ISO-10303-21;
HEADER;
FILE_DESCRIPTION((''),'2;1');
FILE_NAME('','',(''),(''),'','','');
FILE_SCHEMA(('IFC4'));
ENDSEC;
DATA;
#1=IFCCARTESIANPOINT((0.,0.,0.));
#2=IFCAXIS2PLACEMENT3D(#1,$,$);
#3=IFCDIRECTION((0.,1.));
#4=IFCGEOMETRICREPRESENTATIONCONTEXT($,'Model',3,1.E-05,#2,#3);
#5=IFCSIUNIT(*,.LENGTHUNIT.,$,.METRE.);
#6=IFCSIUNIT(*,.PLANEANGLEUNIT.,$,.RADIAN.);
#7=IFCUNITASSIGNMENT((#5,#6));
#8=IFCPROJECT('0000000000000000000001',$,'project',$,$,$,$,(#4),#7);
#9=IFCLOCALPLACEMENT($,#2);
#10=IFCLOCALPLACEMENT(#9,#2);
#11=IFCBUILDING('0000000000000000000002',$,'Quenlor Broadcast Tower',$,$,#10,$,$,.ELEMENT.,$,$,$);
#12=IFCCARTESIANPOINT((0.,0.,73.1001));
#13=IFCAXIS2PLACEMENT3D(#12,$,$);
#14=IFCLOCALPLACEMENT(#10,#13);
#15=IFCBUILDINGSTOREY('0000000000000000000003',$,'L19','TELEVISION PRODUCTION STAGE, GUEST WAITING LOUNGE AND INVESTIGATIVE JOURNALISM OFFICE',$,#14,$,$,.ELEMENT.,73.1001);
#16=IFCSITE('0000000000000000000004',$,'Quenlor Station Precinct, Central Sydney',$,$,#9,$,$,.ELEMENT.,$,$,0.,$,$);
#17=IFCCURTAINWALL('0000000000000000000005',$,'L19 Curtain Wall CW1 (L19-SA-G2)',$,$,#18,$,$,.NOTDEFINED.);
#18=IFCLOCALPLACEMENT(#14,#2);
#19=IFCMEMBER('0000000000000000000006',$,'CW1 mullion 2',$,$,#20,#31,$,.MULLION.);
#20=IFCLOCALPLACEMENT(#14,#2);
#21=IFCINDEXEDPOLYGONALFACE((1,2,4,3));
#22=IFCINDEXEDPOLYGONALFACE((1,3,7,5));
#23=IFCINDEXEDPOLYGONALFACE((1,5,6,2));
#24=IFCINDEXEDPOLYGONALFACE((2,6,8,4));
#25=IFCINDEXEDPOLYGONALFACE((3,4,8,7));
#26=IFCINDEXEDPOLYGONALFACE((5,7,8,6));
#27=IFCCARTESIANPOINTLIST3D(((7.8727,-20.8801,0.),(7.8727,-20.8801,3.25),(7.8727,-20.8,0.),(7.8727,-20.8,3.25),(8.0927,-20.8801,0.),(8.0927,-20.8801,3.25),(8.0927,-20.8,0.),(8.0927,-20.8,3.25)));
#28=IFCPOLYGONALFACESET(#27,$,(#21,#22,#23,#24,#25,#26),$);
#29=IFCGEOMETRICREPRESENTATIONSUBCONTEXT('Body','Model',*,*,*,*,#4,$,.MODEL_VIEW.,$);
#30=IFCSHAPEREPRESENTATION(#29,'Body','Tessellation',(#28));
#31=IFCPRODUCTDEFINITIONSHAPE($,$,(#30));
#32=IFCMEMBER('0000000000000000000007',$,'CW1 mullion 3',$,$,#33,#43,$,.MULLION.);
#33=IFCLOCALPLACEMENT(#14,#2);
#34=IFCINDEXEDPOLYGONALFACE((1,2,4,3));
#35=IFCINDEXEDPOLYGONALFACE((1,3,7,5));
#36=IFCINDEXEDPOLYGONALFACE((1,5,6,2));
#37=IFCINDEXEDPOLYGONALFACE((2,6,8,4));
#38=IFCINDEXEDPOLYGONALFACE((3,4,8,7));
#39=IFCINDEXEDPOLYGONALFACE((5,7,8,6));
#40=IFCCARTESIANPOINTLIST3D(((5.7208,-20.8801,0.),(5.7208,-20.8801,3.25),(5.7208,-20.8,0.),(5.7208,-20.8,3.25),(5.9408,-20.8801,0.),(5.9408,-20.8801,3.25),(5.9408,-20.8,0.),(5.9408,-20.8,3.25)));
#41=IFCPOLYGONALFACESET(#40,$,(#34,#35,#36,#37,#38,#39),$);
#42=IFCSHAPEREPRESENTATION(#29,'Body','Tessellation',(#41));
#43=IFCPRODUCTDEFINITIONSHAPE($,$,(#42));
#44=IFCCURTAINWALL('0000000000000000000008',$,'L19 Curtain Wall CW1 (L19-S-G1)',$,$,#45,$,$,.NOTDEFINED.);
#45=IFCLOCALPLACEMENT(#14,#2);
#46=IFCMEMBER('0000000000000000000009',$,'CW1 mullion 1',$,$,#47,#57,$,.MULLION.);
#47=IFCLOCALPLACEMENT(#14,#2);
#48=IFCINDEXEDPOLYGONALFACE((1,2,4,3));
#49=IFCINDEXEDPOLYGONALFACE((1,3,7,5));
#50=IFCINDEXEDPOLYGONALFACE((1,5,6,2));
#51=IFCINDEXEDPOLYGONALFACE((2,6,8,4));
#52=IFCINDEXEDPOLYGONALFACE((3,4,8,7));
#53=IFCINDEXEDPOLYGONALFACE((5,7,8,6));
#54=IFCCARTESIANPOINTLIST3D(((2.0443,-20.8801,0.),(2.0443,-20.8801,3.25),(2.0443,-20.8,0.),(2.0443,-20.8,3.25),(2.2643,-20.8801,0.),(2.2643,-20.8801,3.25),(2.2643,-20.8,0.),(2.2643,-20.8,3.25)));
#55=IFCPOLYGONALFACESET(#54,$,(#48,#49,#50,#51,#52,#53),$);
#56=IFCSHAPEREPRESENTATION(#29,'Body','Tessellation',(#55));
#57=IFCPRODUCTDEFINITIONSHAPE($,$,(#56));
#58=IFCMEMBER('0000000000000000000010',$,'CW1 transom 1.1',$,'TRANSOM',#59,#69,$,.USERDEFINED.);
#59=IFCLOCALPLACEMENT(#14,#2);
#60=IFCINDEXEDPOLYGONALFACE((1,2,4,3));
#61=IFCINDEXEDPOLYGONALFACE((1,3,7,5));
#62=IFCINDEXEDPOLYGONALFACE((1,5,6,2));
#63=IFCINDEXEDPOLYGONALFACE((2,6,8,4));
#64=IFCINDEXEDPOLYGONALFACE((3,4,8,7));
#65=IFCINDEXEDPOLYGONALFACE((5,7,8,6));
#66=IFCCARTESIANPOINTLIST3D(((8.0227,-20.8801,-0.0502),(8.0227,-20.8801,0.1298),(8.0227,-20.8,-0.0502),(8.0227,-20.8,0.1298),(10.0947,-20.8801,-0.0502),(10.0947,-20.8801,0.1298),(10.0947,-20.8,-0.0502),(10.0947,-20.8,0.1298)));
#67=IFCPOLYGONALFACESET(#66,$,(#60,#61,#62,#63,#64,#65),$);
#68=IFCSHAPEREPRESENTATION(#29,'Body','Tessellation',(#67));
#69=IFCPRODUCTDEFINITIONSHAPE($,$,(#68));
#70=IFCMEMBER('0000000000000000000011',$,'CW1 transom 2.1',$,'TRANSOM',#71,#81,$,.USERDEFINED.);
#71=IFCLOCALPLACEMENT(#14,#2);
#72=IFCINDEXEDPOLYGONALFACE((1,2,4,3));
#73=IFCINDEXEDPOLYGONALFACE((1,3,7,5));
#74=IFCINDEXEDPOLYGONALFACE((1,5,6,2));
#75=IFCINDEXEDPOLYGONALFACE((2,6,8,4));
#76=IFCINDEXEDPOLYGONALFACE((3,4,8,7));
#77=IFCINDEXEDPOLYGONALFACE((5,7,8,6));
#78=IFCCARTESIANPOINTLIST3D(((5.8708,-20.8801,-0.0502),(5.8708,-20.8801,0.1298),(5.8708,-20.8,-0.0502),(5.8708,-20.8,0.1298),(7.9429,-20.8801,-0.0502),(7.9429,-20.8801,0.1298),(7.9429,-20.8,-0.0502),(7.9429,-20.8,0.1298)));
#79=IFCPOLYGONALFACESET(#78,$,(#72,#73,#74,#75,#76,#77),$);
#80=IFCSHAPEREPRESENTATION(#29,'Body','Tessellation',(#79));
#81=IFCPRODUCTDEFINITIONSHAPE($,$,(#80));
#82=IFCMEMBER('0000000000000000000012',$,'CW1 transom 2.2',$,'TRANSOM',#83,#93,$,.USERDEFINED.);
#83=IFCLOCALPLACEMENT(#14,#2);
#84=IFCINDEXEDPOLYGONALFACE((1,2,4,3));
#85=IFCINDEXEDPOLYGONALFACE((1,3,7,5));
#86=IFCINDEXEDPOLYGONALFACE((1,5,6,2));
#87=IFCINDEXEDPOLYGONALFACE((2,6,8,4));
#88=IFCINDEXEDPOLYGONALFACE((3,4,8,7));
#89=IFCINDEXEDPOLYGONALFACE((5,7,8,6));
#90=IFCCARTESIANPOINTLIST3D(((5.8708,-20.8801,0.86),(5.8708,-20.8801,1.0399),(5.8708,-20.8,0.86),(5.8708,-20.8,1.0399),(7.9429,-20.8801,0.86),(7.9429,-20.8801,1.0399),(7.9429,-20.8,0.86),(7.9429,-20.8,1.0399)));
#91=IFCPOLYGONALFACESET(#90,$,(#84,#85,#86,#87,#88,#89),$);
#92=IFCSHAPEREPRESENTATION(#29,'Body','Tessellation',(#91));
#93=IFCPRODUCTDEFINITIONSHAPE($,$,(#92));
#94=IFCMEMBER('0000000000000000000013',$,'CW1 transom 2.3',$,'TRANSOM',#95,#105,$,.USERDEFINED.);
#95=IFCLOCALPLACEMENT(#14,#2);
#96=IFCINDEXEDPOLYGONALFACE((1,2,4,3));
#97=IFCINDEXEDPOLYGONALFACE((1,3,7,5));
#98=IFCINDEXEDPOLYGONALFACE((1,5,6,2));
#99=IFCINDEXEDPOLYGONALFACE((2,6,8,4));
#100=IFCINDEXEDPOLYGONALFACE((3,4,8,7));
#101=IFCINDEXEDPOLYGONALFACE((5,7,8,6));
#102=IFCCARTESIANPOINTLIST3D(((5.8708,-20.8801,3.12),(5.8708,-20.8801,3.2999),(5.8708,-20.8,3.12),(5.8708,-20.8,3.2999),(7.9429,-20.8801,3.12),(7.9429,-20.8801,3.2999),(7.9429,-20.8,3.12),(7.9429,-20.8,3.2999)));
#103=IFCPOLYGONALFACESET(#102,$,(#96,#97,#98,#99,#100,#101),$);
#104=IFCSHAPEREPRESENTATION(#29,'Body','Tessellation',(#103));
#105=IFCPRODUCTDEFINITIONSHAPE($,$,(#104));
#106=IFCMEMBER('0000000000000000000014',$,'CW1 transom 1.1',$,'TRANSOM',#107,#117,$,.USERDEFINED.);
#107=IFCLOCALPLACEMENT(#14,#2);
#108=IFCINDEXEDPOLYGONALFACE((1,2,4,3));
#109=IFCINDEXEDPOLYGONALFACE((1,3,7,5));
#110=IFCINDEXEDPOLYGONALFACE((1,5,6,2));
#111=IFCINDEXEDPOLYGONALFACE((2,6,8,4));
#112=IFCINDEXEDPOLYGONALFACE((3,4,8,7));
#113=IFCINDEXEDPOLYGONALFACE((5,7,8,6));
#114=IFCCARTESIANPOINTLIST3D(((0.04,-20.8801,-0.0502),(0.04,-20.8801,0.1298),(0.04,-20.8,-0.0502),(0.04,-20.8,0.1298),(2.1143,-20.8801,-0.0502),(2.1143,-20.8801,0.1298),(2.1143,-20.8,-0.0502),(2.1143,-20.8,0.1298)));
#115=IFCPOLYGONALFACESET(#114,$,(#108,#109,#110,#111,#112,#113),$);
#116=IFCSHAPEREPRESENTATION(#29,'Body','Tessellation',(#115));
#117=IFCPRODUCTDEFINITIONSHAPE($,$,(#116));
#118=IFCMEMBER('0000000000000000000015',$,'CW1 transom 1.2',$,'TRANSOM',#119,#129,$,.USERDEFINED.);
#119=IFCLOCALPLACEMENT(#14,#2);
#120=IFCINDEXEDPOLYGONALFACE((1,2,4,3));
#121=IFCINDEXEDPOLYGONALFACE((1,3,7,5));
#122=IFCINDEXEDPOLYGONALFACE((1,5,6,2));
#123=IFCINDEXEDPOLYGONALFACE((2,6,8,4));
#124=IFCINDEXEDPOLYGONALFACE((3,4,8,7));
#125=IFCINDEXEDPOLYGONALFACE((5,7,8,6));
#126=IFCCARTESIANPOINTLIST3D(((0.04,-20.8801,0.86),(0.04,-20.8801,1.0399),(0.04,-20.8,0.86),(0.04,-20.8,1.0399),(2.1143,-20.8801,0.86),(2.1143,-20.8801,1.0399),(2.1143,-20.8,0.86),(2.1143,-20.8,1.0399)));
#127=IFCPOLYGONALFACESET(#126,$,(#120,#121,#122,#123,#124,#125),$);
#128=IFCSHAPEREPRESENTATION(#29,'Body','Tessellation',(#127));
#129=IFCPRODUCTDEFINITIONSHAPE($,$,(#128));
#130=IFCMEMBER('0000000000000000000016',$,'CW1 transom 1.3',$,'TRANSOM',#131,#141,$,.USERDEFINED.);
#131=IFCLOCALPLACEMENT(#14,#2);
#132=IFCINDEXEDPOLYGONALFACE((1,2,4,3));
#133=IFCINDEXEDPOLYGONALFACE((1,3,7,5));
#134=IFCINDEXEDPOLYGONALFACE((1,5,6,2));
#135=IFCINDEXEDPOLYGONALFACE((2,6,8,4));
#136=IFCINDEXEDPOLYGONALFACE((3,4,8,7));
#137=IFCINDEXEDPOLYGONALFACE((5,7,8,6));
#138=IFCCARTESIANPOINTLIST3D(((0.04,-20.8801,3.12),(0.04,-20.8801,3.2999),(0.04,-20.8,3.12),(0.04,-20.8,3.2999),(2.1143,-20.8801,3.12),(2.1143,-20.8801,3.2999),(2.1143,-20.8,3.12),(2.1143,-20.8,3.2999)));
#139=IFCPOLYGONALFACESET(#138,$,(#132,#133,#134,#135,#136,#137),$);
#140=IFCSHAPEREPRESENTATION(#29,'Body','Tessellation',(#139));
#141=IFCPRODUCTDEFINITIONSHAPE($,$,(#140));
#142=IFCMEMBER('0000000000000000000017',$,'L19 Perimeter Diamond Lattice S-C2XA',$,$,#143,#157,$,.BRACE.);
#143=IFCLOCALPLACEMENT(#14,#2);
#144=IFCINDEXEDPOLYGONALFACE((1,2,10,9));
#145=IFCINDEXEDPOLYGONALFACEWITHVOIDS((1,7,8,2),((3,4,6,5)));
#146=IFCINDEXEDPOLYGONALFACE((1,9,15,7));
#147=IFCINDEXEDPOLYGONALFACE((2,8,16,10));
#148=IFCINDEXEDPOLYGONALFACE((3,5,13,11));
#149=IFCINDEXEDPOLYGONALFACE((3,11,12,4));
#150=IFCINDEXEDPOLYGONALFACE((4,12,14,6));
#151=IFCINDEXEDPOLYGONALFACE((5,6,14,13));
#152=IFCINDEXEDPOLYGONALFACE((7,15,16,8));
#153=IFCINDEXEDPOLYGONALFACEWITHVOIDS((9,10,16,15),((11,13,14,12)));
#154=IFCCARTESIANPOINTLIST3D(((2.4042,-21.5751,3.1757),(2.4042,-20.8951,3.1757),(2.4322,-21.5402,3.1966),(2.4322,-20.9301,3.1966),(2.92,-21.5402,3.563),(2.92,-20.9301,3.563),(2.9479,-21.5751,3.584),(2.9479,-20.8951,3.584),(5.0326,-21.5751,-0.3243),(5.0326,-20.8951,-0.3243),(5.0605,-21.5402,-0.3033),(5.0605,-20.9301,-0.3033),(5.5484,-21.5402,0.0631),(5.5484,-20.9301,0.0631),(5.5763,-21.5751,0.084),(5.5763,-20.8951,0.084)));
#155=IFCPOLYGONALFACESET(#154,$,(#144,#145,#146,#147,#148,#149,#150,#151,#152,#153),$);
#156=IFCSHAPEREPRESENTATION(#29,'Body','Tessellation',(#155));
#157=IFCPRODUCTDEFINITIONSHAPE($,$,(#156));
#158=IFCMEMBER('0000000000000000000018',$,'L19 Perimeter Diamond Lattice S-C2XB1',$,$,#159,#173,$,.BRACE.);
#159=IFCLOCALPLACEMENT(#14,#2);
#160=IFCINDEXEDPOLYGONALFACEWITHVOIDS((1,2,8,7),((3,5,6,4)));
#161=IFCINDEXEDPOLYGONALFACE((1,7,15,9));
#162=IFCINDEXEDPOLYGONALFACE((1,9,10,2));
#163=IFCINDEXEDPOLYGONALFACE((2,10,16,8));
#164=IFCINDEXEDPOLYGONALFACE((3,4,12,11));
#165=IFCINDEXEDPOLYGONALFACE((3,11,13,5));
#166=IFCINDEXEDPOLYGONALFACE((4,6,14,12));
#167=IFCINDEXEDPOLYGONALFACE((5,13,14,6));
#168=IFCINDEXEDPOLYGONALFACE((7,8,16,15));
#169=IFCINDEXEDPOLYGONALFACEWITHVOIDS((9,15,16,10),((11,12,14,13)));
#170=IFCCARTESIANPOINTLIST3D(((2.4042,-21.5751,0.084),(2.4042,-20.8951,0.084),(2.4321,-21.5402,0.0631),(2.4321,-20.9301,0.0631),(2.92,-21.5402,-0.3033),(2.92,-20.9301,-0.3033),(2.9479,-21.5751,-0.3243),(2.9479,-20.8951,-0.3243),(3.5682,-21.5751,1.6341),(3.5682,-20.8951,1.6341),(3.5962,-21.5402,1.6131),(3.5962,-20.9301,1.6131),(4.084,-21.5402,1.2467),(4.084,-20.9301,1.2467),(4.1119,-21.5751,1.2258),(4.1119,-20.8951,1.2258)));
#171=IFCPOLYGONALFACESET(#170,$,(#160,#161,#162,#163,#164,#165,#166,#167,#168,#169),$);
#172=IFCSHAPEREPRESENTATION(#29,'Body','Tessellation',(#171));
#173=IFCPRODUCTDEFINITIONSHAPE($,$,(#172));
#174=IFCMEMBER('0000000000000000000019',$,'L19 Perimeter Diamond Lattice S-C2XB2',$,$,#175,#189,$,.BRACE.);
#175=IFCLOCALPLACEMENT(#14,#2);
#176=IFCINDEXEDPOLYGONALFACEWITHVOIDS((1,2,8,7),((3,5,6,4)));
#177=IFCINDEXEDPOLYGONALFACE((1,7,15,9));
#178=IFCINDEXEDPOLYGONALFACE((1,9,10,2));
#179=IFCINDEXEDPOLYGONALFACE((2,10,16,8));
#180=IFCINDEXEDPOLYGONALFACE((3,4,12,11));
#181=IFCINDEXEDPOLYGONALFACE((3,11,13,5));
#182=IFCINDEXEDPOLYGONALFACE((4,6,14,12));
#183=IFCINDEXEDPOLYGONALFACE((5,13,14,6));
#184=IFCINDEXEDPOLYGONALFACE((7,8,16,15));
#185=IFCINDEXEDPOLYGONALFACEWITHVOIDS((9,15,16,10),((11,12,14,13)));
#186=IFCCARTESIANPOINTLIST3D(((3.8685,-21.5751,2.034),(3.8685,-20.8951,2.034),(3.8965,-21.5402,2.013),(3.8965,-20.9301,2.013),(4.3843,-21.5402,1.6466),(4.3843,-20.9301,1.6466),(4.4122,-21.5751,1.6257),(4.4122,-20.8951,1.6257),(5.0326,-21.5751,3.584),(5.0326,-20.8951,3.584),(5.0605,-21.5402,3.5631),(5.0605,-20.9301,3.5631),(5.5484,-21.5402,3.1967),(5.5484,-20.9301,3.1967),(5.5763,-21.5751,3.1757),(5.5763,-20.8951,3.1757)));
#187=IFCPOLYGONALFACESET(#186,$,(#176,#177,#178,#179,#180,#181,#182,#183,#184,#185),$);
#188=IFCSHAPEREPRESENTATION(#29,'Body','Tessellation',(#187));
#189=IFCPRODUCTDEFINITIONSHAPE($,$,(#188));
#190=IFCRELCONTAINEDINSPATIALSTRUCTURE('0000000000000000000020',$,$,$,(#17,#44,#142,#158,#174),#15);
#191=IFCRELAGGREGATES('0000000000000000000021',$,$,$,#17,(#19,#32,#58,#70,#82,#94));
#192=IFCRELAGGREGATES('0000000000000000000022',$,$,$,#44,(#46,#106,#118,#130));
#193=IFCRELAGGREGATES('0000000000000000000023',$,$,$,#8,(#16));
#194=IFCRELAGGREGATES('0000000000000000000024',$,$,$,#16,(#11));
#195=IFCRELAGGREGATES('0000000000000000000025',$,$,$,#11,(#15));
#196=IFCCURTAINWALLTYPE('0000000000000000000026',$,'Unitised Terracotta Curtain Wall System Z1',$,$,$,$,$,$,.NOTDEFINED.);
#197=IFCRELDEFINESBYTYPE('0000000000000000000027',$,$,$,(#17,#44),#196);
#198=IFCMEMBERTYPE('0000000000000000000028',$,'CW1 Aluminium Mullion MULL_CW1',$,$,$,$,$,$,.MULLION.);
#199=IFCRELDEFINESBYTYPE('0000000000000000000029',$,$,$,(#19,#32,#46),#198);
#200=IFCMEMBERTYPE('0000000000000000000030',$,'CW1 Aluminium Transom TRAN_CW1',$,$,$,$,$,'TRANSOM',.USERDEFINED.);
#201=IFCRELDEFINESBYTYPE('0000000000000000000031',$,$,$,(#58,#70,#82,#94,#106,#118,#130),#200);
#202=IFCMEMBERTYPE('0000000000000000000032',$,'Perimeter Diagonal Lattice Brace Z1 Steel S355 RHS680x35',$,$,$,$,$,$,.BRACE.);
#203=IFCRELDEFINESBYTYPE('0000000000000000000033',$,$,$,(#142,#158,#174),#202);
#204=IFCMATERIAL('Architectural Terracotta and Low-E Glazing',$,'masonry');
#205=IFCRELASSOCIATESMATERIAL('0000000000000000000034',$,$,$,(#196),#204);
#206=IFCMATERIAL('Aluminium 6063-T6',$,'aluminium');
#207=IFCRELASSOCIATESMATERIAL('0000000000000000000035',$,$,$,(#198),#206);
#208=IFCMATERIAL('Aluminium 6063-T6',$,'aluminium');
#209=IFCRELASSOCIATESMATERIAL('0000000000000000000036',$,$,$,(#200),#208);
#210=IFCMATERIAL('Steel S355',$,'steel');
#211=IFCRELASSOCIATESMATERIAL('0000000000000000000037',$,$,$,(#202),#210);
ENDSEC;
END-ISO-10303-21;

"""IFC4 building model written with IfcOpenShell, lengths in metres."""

from ifc_helpers import new_model, si_unit, direction, frame, origin, origin_2d, place, context, subcontext, project, spatial, rectangle, hollow_rectangle, extrude, material, material_profile, profile_set, type_object, element, aggregate, save


model = new_model("IFC4")

# Units and contexts
model_context = context("Model", 3, precision=1e-05, world=origin(), true_north=direction((0.0, 1.0)))
body_context = subcontext(model_context, "Body", "Model", "MODEL_VIEW")
ifc_project = project(units=[si_unit("LENGTHUNIT", "METRE"), si_unit("PLANEANGLEUNIT", "RADIAN")], contexts=[model_context])

# Site, building, storey
site_placement = place(None, origin())
site = spatial("IfcSite", under=ifc_project, at=site_placement, Name="Quenlor Station Precinct, Central Sydney", CompositionType="ELEMENT", RefElevation=0.0)
building_placement = place(site_placement, origin())
building = spatial("IfcBuilding", under=site, at=building_placement, Name="Quenlor Broadcast Tower", CompositionType="ELEMENT")
storey_placement = place(building_placement, frame((0.0, 0.0, 73.1001)))
storey = spatial("IfcBuildingStorey", under=building, at=storey_placement, Name="L19", Description="TELEVISION PRODUCTION STAGE, GUEST WAITING LOUNGE AND INVESTIGATIVE JOURNALISM OFFICE", CompositionType="ELEMENT", Elevation=73.1001)

# Curtain wall, members
ifc_material_1 = material(Name="Architectural Terracotta and Low-E Glazing", Category="masonry")
curtain_wall_type = type_object("IfcCurtainWallType", Name="Unitised Terracotta Curtain Wall System Z1", PredefinedType="NOTDEFINED", material=ifc_material_1)
curtain_wall_1_placement = place(storey_placement, origin())
curtain_wall_1 = element("IfcCurtainWall", 1, at=curtain_wall_1_placement, inside=storey, type_object=curtain_wall_type, Name="L19 Curtain Wall CW1 (L19-SA-G2)", PredefinedType="NOTDEFINED")
ifc_material_2 = material(Name="Aluminium 6063-T6", Category="aluminium")
ifc_material_profile_1 = material_profile(ifc_material_2, rectangle(XDim=0.0801, YDim=0.22, at=origin_2d()))
ifc_profile_set_1 = profile_set([ifc_material_profile_1], Name="Aluminium 6063-T6 MULL80x220")
member_type_1 = type_object("IfcMemberType", Name="CW1 Aluminium Mullion MULL_CW1", PredefinedType="MULLION", material=ifc_profile_set_1)
member_1_placement = place(storey_placement, frame((7.9827, -20.8401, 0.0), z_axis=(0.0, 0.0, 1.0), x_axis=(0.0, -1.0, 0.0)))
member_1 = element("IfcMember", 2, at=member_1_placement, type_object=member_type_1, Name="CW1 mullion 2", PredefinedType="MULLION", context=body_context, shape_type="SweptSolid", body=[
    extrude(rectangle(XDim=0.0801, YDim=0.22, at=origin_2d()), origin(), (0.0, 0.0, 1.0), 3.25),
])
member_2_placement = place(storey_placement, frame((5.8308, -20.8401, 0.0), z_axis=(0.0, 0.0, 1.0), x_axis=(0.0, -1.0, 0.0)))
member_2 = element("IfcMember", 3, at=member_2_placement, type_object=member_type_1, Name="CW1 mullion 3", PredefinedType="MULLION", context=body_context, shape_type="SweptSolid", body=[
    extrude(rectangle(XDim=0.0801, YDim=0.22, at=origin_2d()), origin(), (0.0, 0.0, 1.0), 3.25),
])

# Curtain wall, member
curtain_wall_2_placement = place(storey_placement, origin())
curtain_wall_2 = element("IfcCurtainWall", 4, at=curtain_wall_2_placement, inside=storey, type_object=curtain_wall_type, Name="L19 Curtain Wall CW1 (L19-S-G1)", PredefinedType="NOTDEFINED")
member_3_placement = place(storey_placement, frame((2.1543, -20.8401, 0.0), z_axis=(0.0, 0.0, 1.0), x_axis=(0.0, -1.0, 0.0)))
member_3 = element("IfcMember", 5, at=member_3_placement, type_object=member_type_1, Name="CW1 mullion 1", PredefinedType="MULLION", context=body_context, shape_type="SweptSolid", body=[
    extrude(rectangle(XDim=0.0801, YDim=0.22, at=origin_2d()), origin(), (0.0, 0.0, 1.0), 3.25),
])

# Members
ifc_material_3 = material(Name="Aluminium 6063-T6", Category="aluminium")
ifc_material_profile_2 = material_profile(ifc_material_3, rectangle(XDim=0.0801, YDim=0.1799, at=origin_2d()))
ifc_profile_set_2 = profile_set([ifc_material_profile_2], Name="Aluminium 6063-T6 TRAN80x180")
member_type_2 = type_object("IfcMemberType", Name="CW1 Aluminium Transom TRAN_CW1", ElementType="TRANSOM", PredefinedType="USERDEFINED", material=ifc_profile_set_2)
member_4_placement = place(storey_placement, frame((10.0947, -20.8401, 0.0398), z_axis=(-1.0, 0.0, 0.0), x_axis=(0.0, -1.0, 0.0)))
member_4 = element("IfcMember", 6, at=member_4_placement, type_object=member_type_2, Name="CW1 transom 1.1", ObjectType="TRANSOM", PredefinedType="USERDEFINED", context=body_context, shape_type="SweptSolid", body=[
    extrude(rectangle(XDim=0.0801, YDim=0.1799, at=origin_2d()), origin(), (0.0, 0.0, 1.0), 2.072),
])
member_5_placement = place(storey_placement, frame((7.9429, -20.8401, 0.0398), z_axis=(-1.0, 0.0, 0.0), x_axis=(0.0, -1.0, 0.0)))
member_5 = element("IfcMember", 7, at=member_5_placement, type_object=member_type_2, Name="CW1 transom 2.1", ObjectType="TRANSOM", PredefinedType="USERDEFINED", context=body_context, shape_type="SweptSolid", body=[
    extrude(rectangle(XDim=0.0801, YDim=0.1799, at=origin_2d()), origin(), (0.0, 0.0, 1.0), 2.072),
])
member_6_placement = place(storey_placement, frame((7.9429, -20.8401, 0.95), z_axis=(-1.0, 0.0, 0.0), x_axis=(0.0, -1.0, 0.0)))
member_6 = element("IfcMember", 8, at=member_6_placement, type_object=member_type_2, Name="CW1 transom 2.2", ObjectType="TRANSOM", PredefinedType="USERDEFINED", context=body_context, shape_type="SweptSolid", body=[
    extrude(rectangle(XDim=0.0801, YDim=0.1799, at=origin_2d()), origin(), (0.0, 0.0, 1.0), 2.072),
])
member_7_placement = place(storey_placement, frame((7.9429, -20.8401, 3.21), z_axis=(-1.0, 0.0, 0.0), x_axis=(0.0, -1.0, 0.0)))
member_7 = element("IfcMember", 9, at=member_7_placement, type_object=member_type_2, Name="CW1 transom 2.3", ObjectType="TRANSOM", PredefinedType="USERDEFINED", context=body_context, shape_type="SweptSolid", body=[
    extrude(rectangle(XDim=0.0801, YDim=0.1799, at=origin_2d()), origin(), (0.0, 0.0, 1.0), 2.072),
])
member_8_placement = place(storey_placement, frame((2.1143, -20.8401, 0.0398), z_axis=(-1.0, 0.0, 0.0), x_axis=(0.0, -1.0, 0.0)))
member_8 = element("IfcMember", 10, at=member_8_placement, type_object=member_type_2, Name="CW1 transom 1.1", ObjectType="TRANSOM", PredefinedType="USERDEFINED", context=body_context, shape_type="SweptSolid", body=[
    extrude(rectangle(XDim=0.0801, YDim=0.1799, at=origin_2d()), origin(), (0.0, 0.0, 1.0), 2.0742),
])
member_9_placement = place(storey_placement, frame((2.1143, -20.8401, 0.95), z_axis=(-1.0, 0.0, 0.0), x_axis=(0.0, -1.0, 0.0)))
member_9 = element("IfcMember", 11, at=member_9_placement, type_object=member_type_2, Name="CW1 transom 1.2", ObjectType="TRANSOM", PredefinedType="USERDEFINED", context=body_context, shape_type="SweptSolid", body=[
    extrude(rectangle(XDim=0.0801, YDim=0.1799, at=origin_2d()), origin(), (0.0, 0.0, 1.0), 2.0742),
])
member_10_placement = place(storey_placement, frame((2.1143, -20.8401, 3.21), z_axis=(-1.0, 0.0, 0.0), x_axis=(0.0, -1.0, 0.0)))
member_10 = element("IfcMember", 12, at=member_10_placement, type_object=member_type_2, Name="CW1 transom 1.3", ObjectType="TRANSOM", PredefinedType="USERDEFINED", context=body_context, shape_type="SweptSolid", body=[
    extrude(rectangle(XDim=0.0801, YDim=0.1799, at=origin_2d()), origin(), (0.0, 0.0, 1.0), 2.0742),
])

# Members
ifc_material_4 = material(Name="Steel S355", Category="steel")
ifc_material_profile_3 = material_profile(ifc_material_4, hollow_rectangle(XDim=0.6799, YDim=0.6799, WallThickness=0.0349, at=origin_2d()))
ifc_profile_set_3 = profile_set([ifc_material_profile_3], Name="Steel S355 RHS680x680x35")
member_type_3 = type_object("IfcMemberType", Name="Perimeter Diagonal Lattice Brace Z1 Steel S355 RHS680x35", PredefinedType="BRACE", material=ifc_profile_set_3)
member_11_placement = place(storey_placement, frame((5.3044, -21.2351, -0.1201), z_axis=(-0.6005, 0.0, 0.799625), x_axis=(0.0, -1.0, 0.0)))
element("IfcMember", 13, at=member_11_placement, inside=storey, type_object=member_type_3, Name="L19 Perimeter Diamond Lattice S-C2XA", PredefinedType="BRACE", context=body_context, shape_type="SweptSolid", body=[
    extrude(hollow_rectangle(XDim=0.6799, YDim=0.6799, WallThickness=0.0349, at=origin_2d()), origin(), (0.0, 0.0, 1.0), 4.377),
])
for number, where, z_axis, x_axis, name in (
    (14, (2.676, -21.2351, -0.1201), (0.600504, 0.0, 0.799622), (0.0, 1.0, 0.0), "L19 Perimeter Diamond Lattice S-C2XB1"),
    (15, (4.1404, -21.2351, 1.8298), (0.600504, 0.0, 0.799622), (0.0, 1.0, 0.0), "L19 Perimeter Diamond Lattice S-C2XB2"),
):
    element("IfcMember", number, at=place(storey_placement, frame(where, z_axis=z_axis, x_axis=x_axis)), inside=storey, type_object=member_type_3, Name=name, PredefinedType="BRACE", context=body_context, shape_type="SweptSolid", body=[
        extrude(hollow_rectangle(XDim=0.6799, YDim=0.6799, WallThickness=0.0349, at=origin_2d()), origin(), (0.0, 0.0, 1.0), 1.9385),
    ])

aggregate(curtain_wall_1, [member_1, member_2, member_4, member_5, member_6, member_7])
aggregate(curtain_wall_2, [member_3, member_8, member_9, member_10])

save(model, "model.ifc")
